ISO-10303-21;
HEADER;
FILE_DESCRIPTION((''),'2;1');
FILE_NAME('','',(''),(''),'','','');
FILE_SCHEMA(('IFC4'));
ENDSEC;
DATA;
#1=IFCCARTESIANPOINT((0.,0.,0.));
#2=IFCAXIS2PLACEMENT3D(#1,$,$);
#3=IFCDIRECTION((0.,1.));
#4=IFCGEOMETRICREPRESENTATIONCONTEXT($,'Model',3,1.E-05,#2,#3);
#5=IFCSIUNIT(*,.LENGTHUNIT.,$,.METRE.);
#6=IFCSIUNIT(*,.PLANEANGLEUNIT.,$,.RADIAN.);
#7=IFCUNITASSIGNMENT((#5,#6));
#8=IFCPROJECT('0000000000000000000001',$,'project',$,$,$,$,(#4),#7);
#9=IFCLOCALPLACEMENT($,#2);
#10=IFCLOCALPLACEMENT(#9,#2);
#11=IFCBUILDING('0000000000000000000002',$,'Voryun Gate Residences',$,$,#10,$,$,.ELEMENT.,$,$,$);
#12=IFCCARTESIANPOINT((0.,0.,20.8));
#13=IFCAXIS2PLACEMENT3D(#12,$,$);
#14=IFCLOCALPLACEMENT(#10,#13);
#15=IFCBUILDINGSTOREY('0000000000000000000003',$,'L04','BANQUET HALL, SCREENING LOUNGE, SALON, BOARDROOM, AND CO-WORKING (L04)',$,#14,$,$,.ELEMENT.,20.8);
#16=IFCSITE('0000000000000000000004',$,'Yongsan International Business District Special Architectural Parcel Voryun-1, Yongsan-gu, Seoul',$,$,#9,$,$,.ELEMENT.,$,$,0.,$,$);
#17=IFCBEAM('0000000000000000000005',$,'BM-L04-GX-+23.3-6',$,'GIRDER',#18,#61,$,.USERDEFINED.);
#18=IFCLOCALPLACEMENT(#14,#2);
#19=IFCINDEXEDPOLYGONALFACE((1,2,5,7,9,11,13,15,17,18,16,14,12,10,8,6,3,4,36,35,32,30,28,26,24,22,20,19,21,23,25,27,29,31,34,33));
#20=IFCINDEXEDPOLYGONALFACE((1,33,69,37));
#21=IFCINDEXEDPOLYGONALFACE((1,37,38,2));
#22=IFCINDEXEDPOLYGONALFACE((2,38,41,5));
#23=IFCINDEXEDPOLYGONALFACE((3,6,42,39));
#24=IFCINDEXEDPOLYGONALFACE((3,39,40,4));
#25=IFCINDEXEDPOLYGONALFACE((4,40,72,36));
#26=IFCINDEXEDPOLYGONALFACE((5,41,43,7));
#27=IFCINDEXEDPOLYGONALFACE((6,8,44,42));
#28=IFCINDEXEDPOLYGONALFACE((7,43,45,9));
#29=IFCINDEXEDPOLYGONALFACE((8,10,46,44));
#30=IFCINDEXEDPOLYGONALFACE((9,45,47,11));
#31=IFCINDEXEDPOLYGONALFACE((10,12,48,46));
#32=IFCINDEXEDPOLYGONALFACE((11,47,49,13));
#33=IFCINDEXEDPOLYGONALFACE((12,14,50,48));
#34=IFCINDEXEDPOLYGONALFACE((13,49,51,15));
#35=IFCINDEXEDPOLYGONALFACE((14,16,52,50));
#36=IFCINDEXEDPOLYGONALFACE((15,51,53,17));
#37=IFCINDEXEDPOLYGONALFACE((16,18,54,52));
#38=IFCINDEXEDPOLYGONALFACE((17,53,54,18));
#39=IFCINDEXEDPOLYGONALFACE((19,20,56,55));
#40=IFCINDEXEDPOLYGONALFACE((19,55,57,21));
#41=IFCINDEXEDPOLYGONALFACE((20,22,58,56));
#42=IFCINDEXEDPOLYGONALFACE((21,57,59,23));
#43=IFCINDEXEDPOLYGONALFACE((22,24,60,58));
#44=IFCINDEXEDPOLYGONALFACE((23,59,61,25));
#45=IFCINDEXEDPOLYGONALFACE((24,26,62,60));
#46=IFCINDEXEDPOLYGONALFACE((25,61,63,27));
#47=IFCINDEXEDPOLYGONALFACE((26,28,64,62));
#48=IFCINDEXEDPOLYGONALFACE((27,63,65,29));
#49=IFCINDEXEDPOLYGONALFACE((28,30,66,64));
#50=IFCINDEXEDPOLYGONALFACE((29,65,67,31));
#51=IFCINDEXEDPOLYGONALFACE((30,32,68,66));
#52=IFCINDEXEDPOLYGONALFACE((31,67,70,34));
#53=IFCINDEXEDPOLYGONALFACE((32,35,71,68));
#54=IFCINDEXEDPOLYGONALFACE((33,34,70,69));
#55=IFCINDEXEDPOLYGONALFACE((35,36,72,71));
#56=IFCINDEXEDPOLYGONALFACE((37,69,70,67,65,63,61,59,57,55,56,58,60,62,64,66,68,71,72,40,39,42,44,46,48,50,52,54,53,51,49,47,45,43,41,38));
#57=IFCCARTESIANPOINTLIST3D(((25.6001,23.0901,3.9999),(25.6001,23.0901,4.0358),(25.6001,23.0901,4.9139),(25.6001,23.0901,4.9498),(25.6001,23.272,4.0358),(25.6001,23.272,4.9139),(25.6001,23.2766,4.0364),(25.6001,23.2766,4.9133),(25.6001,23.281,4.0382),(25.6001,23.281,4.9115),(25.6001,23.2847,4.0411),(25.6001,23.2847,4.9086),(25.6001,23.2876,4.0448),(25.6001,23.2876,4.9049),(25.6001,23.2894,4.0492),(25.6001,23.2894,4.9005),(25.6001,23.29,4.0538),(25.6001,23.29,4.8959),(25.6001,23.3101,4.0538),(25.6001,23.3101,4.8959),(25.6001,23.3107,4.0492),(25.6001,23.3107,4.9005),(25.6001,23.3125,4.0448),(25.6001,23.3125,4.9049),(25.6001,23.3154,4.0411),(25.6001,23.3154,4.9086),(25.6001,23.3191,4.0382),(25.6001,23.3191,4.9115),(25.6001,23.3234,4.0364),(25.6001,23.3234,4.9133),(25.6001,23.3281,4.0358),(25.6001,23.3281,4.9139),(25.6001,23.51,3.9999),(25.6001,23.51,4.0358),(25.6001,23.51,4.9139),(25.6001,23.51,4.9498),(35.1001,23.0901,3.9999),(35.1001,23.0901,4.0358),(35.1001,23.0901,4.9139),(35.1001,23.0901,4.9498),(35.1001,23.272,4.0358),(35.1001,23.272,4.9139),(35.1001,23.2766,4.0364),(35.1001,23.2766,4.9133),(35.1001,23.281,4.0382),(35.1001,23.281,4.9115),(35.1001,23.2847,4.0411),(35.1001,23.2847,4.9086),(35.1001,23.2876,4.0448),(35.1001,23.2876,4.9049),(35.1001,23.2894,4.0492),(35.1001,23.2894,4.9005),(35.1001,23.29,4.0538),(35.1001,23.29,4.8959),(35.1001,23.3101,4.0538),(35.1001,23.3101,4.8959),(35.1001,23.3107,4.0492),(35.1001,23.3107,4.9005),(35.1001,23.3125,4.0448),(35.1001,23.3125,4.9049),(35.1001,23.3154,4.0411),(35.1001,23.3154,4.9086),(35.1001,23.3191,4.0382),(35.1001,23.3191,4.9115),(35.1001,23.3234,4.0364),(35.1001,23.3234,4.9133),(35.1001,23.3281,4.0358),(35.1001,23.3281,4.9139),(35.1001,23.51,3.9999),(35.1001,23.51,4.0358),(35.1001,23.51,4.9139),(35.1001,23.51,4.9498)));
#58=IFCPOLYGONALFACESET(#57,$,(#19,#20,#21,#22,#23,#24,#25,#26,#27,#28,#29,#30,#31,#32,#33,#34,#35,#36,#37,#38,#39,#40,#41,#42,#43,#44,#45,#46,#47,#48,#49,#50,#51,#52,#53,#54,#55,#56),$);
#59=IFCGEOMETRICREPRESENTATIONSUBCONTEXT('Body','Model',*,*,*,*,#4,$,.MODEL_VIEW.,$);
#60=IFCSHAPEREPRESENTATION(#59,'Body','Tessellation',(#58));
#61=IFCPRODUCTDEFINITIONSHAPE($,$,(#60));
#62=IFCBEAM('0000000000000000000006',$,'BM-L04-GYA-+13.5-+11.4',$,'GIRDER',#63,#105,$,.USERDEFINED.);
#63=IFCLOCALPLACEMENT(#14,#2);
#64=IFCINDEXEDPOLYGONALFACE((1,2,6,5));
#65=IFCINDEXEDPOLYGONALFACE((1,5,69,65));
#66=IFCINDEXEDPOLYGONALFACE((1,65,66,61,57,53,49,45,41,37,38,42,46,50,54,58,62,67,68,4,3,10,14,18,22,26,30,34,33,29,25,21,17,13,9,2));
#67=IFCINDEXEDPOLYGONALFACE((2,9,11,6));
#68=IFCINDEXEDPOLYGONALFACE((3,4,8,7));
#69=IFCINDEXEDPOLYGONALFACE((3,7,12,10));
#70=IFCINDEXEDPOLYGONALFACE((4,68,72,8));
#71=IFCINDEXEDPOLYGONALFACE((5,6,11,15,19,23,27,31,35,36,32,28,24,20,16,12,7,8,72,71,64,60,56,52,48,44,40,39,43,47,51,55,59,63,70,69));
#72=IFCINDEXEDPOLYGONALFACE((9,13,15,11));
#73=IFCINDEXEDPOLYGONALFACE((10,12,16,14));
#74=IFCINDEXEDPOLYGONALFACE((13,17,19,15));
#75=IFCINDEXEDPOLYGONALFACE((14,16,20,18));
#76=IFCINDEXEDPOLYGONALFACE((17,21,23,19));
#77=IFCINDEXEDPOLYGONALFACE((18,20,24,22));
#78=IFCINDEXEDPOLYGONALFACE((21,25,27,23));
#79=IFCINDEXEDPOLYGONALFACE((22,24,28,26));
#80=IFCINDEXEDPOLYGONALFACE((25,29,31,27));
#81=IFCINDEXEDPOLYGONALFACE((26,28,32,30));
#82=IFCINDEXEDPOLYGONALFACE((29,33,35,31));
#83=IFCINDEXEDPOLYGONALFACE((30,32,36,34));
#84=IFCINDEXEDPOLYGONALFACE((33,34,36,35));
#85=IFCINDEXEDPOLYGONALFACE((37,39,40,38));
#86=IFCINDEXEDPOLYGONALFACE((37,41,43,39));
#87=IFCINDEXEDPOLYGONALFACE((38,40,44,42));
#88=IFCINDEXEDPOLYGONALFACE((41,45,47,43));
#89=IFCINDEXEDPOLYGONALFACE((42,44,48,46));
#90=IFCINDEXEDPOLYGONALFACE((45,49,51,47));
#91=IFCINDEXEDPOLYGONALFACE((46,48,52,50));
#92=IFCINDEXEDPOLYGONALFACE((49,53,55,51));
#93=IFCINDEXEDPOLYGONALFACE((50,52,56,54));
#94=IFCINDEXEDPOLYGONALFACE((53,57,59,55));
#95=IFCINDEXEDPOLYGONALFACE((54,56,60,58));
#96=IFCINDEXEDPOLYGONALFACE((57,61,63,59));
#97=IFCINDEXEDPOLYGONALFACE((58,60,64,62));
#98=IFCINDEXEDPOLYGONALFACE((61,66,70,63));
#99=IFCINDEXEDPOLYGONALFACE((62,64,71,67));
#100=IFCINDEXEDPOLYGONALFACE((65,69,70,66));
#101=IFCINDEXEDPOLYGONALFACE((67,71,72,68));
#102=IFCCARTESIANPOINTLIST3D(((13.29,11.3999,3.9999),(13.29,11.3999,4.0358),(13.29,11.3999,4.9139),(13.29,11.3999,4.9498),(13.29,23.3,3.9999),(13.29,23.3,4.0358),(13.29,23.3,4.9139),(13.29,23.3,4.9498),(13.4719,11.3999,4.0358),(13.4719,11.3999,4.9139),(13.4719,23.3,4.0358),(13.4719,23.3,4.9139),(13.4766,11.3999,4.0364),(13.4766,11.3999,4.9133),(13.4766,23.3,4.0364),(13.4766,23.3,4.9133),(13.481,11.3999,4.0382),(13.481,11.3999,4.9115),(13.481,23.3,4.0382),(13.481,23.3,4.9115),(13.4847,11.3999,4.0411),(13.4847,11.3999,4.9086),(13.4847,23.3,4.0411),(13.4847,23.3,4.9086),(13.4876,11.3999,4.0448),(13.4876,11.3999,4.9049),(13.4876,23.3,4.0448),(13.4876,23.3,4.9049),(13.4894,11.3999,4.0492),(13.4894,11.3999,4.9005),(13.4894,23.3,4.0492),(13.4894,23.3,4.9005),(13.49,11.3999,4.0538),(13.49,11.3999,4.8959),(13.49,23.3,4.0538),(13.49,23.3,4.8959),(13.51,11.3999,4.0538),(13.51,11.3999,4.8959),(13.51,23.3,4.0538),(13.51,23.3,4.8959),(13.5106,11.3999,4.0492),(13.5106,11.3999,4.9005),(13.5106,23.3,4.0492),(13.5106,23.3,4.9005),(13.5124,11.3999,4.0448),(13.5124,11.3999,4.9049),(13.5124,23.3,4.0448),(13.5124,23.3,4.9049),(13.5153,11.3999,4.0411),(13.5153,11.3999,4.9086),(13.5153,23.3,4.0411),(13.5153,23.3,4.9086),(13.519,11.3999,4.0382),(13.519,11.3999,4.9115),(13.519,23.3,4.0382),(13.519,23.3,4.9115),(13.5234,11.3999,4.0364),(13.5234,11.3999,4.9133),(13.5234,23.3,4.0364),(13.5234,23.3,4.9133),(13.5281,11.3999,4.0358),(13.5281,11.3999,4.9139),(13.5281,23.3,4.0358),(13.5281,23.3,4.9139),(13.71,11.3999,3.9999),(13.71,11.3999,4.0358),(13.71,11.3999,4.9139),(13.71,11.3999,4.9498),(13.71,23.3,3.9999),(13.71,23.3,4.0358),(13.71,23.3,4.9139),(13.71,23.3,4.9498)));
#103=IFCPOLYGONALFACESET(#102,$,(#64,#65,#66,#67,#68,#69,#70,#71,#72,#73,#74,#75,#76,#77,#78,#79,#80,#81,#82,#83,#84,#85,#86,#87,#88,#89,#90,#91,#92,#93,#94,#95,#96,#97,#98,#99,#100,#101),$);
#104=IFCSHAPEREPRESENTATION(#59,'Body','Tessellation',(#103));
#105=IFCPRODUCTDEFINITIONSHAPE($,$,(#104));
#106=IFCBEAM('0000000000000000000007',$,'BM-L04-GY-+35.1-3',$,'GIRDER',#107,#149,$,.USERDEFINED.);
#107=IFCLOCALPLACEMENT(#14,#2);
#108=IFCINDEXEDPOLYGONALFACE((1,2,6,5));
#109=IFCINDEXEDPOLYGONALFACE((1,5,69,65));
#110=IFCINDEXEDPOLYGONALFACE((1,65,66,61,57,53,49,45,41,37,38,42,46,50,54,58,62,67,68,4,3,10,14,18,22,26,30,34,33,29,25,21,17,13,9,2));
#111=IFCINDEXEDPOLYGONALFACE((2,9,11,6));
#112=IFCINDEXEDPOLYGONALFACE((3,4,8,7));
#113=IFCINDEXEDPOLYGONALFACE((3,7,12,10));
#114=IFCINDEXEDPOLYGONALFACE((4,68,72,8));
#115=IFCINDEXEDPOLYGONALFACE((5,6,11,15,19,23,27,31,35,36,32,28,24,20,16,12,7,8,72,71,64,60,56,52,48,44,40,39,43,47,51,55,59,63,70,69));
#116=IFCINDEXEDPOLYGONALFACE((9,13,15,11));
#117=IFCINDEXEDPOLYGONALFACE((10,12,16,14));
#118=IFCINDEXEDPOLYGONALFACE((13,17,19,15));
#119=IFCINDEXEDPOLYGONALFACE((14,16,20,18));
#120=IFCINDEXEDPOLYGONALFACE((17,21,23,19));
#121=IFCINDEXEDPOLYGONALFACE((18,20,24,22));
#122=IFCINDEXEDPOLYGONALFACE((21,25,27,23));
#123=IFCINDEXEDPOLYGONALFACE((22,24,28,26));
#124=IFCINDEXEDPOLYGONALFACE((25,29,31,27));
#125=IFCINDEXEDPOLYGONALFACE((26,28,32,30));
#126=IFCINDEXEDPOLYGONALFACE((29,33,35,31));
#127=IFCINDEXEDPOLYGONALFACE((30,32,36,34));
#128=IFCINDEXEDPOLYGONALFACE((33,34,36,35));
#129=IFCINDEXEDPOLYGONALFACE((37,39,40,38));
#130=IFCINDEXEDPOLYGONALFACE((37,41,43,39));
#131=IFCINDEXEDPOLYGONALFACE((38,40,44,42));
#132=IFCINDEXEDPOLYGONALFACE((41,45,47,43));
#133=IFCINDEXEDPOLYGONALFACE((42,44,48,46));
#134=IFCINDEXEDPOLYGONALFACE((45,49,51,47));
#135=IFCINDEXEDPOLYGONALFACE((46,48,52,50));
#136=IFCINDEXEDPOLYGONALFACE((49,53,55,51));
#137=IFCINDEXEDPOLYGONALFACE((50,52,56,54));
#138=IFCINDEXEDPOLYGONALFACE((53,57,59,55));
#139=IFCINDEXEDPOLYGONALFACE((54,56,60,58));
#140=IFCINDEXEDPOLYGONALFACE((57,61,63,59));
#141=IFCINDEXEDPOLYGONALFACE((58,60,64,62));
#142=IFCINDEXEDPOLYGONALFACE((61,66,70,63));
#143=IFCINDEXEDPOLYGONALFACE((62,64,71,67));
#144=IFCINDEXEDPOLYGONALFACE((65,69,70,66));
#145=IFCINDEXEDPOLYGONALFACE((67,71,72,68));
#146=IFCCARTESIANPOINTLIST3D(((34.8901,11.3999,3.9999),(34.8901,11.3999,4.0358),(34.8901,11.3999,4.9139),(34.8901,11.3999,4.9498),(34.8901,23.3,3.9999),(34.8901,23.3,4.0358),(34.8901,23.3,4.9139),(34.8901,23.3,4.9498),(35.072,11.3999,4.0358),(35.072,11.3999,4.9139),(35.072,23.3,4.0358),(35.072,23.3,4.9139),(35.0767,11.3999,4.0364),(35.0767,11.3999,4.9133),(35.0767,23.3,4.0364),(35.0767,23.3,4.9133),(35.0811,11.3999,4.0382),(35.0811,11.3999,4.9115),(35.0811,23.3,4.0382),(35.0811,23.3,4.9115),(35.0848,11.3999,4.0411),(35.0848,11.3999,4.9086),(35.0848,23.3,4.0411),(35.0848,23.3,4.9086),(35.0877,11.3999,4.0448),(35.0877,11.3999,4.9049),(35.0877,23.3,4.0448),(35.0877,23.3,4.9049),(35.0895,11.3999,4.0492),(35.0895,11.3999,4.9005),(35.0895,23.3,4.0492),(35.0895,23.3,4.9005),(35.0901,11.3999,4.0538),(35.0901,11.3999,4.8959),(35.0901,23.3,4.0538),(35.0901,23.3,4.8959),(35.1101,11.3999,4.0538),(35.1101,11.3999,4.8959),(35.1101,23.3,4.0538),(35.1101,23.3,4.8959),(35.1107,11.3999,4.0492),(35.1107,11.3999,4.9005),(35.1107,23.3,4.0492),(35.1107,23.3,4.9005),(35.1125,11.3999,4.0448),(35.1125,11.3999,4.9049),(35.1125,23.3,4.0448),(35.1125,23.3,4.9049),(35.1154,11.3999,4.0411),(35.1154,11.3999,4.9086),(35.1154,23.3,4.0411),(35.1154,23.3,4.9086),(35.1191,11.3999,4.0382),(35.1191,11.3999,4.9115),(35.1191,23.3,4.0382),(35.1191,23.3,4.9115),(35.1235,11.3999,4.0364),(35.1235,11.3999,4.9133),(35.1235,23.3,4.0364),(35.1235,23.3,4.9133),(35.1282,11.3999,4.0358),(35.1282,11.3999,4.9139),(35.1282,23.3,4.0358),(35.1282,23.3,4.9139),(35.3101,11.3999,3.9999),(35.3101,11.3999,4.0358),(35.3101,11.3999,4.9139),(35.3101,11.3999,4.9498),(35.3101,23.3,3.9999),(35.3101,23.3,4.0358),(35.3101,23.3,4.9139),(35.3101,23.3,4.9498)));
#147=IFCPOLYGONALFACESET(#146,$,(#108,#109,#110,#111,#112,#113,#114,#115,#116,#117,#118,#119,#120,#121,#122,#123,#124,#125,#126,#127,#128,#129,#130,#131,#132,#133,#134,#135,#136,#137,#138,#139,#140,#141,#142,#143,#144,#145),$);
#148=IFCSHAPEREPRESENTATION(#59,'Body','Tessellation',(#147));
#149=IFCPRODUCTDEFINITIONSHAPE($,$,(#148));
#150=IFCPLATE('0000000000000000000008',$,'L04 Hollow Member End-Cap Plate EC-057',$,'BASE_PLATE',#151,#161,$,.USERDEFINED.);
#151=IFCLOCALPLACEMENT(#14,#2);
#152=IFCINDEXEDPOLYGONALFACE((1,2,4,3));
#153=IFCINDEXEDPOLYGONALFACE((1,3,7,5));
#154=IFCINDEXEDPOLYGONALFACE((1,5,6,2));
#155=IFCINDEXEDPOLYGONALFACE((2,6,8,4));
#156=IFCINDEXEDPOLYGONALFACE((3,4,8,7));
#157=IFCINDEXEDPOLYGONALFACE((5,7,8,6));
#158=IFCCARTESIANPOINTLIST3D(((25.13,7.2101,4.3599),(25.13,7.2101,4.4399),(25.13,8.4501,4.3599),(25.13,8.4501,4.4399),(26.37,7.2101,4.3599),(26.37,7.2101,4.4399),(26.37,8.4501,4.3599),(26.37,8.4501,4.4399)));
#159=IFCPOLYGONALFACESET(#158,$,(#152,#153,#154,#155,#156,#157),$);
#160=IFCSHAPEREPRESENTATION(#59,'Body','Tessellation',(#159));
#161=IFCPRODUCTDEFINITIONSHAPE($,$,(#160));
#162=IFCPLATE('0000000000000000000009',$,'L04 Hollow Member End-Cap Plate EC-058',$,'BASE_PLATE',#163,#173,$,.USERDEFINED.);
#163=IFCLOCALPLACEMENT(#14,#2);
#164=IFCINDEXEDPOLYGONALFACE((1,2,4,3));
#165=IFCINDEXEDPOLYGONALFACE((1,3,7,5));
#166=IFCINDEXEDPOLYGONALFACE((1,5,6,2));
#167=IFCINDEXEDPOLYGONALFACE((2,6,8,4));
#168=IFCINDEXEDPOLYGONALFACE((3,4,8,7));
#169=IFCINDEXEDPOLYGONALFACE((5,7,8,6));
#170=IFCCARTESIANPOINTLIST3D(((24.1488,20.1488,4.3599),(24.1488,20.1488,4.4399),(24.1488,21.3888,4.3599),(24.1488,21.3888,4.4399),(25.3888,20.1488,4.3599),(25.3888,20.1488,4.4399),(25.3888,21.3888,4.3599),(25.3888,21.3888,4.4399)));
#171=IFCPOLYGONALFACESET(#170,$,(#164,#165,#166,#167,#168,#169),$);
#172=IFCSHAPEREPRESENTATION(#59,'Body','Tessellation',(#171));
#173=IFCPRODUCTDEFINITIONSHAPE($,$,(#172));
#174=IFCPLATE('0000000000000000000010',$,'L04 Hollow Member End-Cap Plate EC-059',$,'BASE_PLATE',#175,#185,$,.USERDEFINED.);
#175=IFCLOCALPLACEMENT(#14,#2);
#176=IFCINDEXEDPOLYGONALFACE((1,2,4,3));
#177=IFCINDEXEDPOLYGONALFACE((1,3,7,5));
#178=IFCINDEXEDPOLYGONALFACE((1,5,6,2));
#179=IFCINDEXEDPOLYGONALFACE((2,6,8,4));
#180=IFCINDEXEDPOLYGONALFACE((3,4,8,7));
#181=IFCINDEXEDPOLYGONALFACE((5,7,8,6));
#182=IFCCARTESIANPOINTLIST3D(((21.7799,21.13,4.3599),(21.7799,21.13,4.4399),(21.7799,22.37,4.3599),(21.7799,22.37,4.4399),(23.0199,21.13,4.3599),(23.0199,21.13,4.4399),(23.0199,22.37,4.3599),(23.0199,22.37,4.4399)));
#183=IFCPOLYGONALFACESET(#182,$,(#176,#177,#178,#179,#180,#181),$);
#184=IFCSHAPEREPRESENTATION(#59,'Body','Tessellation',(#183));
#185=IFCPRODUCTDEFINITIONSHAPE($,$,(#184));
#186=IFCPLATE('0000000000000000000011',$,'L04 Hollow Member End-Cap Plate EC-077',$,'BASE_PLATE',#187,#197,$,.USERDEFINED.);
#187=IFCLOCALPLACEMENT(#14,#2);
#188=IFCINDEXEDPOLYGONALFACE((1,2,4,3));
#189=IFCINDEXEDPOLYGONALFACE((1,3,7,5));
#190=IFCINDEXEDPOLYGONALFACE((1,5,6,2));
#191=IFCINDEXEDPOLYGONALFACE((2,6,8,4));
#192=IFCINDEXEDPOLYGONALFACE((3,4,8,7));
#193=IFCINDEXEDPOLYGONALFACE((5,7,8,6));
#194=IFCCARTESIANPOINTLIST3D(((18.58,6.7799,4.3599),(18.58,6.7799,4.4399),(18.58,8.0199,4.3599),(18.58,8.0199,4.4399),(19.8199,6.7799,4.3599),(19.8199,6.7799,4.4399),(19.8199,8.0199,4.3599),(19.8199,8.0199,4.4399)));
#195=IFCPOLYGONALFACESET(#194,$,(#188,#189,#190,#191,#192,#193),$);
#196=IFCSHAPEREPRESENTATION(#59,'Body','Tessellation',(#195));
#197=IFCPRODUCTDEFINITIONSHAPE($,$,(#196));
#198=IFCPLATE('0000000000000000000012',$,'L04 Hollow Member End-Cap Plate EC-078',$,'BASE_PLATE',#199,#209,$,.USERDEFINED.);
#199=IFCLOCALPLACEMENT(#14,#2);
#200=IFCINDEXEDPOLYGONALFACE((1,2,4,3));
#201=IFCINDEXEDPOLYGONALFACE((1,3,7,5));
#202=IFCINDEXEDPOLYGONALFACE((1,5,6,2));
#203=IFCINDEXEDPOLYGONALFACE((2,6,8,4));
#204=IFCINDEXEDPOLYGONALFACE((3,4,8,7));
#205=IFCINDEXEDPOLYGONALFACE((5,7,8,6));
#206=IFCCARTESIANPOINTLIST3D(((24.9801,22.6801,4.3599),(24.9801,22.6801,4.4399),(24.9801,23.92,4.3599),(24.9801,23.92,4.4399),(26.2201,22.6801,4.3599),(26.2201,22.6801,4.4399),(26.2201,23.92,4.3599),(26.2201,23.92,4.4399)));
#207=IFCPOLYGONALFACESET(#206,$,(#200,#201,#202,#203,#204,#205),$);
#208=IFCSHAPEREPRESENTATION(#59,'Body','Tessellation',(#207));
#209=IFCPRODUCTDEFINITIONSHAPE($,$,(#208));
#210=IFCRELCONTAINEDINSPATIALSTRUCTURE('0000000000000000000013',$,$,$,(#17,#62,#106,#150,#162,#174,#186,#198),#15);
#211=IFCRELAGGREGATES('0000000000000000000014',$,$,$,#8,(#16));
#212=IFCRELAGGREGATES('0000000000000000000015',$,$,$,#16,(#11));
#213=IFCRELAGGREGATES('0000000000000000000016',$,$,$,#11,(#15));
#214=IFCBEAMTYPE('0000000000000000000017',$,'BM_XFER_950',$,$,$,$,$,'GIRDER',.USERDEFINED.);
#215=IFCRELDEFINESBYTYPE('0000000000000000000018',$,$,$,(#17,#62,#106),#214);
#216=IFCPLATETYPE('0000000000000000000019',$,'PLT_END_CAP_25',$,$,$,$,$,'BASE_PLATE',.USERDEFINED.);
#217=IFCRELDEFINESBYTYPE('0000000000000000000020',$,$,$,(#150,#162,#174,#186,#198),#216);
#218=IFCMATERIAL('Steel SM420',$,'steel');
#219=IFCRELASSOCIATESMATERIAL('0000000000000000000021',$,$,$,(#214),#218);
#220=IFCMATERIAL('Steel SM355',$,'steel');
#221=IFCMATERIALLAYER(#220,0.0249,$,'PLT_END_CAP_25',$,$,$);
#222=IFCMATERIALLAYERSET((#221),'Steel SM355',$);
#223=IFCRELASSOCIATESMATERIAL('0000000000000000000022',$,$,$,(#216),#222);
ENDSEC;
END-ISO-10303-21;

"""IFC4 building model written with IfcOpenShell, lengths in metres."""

from ifc_helpers import new_model, si_unit, direction, frame, origin, origin_2d, place, context, subcontext, project, spatial, rectangle, i_section, extrude, material, layer, layer_set, material_profile, profile_set, type_object, element, save


model = new_model("IFC4")

# Units and contexts
model_context = context("Model", 3, precision=1e-05, world=origin(), true_north=direction((0.0, 1.0)))
body_context = subcontext(model_context, "Body", "Model", "MODEL_VIEW")
ifc_project = project(units=[si_unit("LENGTHUNIT", "METRE"), si_unit("PLANEANGLEUNIT", "RADIAN")], contexts=[model_context])

# Site, building, storey
site_placement = place(None, origin())
site = spatial("IfcSite", under=ifc_project, at=site_placement, Name="Yongsan International Business District Special Architectural Parcel Voryun-1, Yongsan-gu, Seoul", CompositionType="ELEMENT", RefElevation=0.0)
building_placement = place(site_placement, origin())
building = spatial("IfcBuilding", under=site, at=building_placement, Name="Voryun Gate Residences", CompositionType="ELEMENT")
storey_placement = place(building_placement, frame((0.0, 0.0, 20.8)))
storey = spatial("IfcBuildingStorey", under=building, at=storey_placement, Name="L04", Description="BANQUET HALL, SCREENING LOUNGE, SALON, BOARDROOM, AND CO-WORKING (L04)", CompositionType="ELEMENT", Elevation=20.8)

# Beams
ifc_material_1 = material(Name="Steel SM420", Category="steel")
ifc_material_profile_1 = material_profile(ifc_material_1, i_section(OverallWidth=0.4199, OverallDepth=0.95, WebThickness=0.02, FlangeThickness=0.0359, FilletRadius=0.0181, at=origin_2d()), Name="H-950x420x20x36")
ifc_profile_set_1 = profile_set([ifc_material_profile_1], Name="Steel SM420")
beam_type_1 = type_object("IfcBeamType", Name="BM_XFER_950", ElementType="GIRDER", PredefinedType="USERDEFINED", material=ifc_profile_set_1)
beam_1_placement = place(storey_placement, frame((25.6001, 23.3, 4.4749), z_axis=(1.0, 0.0, 0.0), x_axis=(0.0, 1.0, 0.0)))
element("IfcBeam", 1, at=beam_1_placement, inside=storey, type_object=beam_type_1, Name="BM-L04-GX-+23.3-6", ObjectType="GIRDER", PredefinedType="USERDEFINED", context=body_context, shape_type="SweptSolid", body=[
    extrude(i_section(OverallWidth=0.4199, OverallDepth=0.95, WebThickness=0.02, FlangeThickness=0.0359, FilletRadius=0.0181, at=origin_2d()), origin(), (0.0, 0.0, 1.0), 9.5),
])
for number, where, z_axis, x_axis, name in (
    (2, (13.5, 11.3999, 4.4749), (0.0, 1.0, 0.0), (-1.0, 0.0, 0.0), "BM-L04-GYA-+13.5-+11.4"),
    (3, (35.1001, 11.3999, 4.4749), (0.0, 1.0, 0.0), (-1.0, 0.0, 0.0), "BM-L04-GY-+35.1-3"),
):
    element("IfcBeam", number, at=place(storey_placement, frame(where, z_axis=z_axis, x_axis=x_axis)), inside=storey, type_object=beam_type_1, Name=name, ObjectType="GIRDER", PredefinedType="USERDEFINED", context=body_context, shape_type="SweptSolid", body=[
        extrude(i_section(OverallWidth=0.4199, OverallDepth=0.95, WebThickness=0.02, FlangeThickness=0.0359, FilletRadius=0.0181, at=origin_2d()), origin(), (0.0, 0.0, 1.0), 11.9001),
    ])

# Plates
ifc_material_2 = material(Name="Steel SM355", Category="steel")
ifc_layer_1 = layer(ifc_material_2, 0.0249, Name="PLT_END_CAP_25")
ifc_layer_set_1 = layer_set([ifc_layer_1], Name="Steel SM355")
plate_type = type_object("IfcPlateType", Name="PLT_END_CAP_25", ElementType="BASE_PLATE", PredefinedType="USERDEFINED", material=ifc_layer_set_1)
for number, where, z_axis, x_axis, name in (
    (4, (25.75, 7.8301, 4.3599), (0.0, 0.0, 1.0), (1.0, 0.0, 0.0), "L04 Hollow Member End-Cap Plate EC-057"),
    (5, (24.7688, 20.7688, 4.3599), (0.0, 0.0, 1.0), (1.0, 0.0, 0.0), "L04 Hollow Member End-Cap Plate EC-058"),
    (6, (22.3999, 21.75, 4.3599), (0.0, 0.0, 1.0), (1.0, 0.0, 0.0), "L04 Hollow Member End-Cap Plate EC-059"),
    (7, (19.2, 7.3999, 4.3599), (0.0, 0.0, 1.0), (1.0, 0.0, 0.0), "L04 Hollow Member End-Cap Plate EC-077"),
    (8, (25.6001, 23.3, 4.3599), (0.0, 0.0, 1.0), (1.0, 0.0, 0.0), "L04 Hollow Member End-Cap Plate EC-078"),
):
    element("IfcPlate", number, at=place(storey_placement, frame(where, z_axis=z_axis, x_axis=x_axis)), inside=storey, type_object=plate_type, Name=name, ObjectType="BASE_PLATE", PredefinedType="USERDEFINED", context=body_context, shape_type="SweptSolid", body=[
        extrude(rectangle(XDim=1.24, YDim=1.24, at=origin_2d()), origin(), (0.0, 0.0, 1.0), 0.0801),
    ])

save(model, "model.ifc")
